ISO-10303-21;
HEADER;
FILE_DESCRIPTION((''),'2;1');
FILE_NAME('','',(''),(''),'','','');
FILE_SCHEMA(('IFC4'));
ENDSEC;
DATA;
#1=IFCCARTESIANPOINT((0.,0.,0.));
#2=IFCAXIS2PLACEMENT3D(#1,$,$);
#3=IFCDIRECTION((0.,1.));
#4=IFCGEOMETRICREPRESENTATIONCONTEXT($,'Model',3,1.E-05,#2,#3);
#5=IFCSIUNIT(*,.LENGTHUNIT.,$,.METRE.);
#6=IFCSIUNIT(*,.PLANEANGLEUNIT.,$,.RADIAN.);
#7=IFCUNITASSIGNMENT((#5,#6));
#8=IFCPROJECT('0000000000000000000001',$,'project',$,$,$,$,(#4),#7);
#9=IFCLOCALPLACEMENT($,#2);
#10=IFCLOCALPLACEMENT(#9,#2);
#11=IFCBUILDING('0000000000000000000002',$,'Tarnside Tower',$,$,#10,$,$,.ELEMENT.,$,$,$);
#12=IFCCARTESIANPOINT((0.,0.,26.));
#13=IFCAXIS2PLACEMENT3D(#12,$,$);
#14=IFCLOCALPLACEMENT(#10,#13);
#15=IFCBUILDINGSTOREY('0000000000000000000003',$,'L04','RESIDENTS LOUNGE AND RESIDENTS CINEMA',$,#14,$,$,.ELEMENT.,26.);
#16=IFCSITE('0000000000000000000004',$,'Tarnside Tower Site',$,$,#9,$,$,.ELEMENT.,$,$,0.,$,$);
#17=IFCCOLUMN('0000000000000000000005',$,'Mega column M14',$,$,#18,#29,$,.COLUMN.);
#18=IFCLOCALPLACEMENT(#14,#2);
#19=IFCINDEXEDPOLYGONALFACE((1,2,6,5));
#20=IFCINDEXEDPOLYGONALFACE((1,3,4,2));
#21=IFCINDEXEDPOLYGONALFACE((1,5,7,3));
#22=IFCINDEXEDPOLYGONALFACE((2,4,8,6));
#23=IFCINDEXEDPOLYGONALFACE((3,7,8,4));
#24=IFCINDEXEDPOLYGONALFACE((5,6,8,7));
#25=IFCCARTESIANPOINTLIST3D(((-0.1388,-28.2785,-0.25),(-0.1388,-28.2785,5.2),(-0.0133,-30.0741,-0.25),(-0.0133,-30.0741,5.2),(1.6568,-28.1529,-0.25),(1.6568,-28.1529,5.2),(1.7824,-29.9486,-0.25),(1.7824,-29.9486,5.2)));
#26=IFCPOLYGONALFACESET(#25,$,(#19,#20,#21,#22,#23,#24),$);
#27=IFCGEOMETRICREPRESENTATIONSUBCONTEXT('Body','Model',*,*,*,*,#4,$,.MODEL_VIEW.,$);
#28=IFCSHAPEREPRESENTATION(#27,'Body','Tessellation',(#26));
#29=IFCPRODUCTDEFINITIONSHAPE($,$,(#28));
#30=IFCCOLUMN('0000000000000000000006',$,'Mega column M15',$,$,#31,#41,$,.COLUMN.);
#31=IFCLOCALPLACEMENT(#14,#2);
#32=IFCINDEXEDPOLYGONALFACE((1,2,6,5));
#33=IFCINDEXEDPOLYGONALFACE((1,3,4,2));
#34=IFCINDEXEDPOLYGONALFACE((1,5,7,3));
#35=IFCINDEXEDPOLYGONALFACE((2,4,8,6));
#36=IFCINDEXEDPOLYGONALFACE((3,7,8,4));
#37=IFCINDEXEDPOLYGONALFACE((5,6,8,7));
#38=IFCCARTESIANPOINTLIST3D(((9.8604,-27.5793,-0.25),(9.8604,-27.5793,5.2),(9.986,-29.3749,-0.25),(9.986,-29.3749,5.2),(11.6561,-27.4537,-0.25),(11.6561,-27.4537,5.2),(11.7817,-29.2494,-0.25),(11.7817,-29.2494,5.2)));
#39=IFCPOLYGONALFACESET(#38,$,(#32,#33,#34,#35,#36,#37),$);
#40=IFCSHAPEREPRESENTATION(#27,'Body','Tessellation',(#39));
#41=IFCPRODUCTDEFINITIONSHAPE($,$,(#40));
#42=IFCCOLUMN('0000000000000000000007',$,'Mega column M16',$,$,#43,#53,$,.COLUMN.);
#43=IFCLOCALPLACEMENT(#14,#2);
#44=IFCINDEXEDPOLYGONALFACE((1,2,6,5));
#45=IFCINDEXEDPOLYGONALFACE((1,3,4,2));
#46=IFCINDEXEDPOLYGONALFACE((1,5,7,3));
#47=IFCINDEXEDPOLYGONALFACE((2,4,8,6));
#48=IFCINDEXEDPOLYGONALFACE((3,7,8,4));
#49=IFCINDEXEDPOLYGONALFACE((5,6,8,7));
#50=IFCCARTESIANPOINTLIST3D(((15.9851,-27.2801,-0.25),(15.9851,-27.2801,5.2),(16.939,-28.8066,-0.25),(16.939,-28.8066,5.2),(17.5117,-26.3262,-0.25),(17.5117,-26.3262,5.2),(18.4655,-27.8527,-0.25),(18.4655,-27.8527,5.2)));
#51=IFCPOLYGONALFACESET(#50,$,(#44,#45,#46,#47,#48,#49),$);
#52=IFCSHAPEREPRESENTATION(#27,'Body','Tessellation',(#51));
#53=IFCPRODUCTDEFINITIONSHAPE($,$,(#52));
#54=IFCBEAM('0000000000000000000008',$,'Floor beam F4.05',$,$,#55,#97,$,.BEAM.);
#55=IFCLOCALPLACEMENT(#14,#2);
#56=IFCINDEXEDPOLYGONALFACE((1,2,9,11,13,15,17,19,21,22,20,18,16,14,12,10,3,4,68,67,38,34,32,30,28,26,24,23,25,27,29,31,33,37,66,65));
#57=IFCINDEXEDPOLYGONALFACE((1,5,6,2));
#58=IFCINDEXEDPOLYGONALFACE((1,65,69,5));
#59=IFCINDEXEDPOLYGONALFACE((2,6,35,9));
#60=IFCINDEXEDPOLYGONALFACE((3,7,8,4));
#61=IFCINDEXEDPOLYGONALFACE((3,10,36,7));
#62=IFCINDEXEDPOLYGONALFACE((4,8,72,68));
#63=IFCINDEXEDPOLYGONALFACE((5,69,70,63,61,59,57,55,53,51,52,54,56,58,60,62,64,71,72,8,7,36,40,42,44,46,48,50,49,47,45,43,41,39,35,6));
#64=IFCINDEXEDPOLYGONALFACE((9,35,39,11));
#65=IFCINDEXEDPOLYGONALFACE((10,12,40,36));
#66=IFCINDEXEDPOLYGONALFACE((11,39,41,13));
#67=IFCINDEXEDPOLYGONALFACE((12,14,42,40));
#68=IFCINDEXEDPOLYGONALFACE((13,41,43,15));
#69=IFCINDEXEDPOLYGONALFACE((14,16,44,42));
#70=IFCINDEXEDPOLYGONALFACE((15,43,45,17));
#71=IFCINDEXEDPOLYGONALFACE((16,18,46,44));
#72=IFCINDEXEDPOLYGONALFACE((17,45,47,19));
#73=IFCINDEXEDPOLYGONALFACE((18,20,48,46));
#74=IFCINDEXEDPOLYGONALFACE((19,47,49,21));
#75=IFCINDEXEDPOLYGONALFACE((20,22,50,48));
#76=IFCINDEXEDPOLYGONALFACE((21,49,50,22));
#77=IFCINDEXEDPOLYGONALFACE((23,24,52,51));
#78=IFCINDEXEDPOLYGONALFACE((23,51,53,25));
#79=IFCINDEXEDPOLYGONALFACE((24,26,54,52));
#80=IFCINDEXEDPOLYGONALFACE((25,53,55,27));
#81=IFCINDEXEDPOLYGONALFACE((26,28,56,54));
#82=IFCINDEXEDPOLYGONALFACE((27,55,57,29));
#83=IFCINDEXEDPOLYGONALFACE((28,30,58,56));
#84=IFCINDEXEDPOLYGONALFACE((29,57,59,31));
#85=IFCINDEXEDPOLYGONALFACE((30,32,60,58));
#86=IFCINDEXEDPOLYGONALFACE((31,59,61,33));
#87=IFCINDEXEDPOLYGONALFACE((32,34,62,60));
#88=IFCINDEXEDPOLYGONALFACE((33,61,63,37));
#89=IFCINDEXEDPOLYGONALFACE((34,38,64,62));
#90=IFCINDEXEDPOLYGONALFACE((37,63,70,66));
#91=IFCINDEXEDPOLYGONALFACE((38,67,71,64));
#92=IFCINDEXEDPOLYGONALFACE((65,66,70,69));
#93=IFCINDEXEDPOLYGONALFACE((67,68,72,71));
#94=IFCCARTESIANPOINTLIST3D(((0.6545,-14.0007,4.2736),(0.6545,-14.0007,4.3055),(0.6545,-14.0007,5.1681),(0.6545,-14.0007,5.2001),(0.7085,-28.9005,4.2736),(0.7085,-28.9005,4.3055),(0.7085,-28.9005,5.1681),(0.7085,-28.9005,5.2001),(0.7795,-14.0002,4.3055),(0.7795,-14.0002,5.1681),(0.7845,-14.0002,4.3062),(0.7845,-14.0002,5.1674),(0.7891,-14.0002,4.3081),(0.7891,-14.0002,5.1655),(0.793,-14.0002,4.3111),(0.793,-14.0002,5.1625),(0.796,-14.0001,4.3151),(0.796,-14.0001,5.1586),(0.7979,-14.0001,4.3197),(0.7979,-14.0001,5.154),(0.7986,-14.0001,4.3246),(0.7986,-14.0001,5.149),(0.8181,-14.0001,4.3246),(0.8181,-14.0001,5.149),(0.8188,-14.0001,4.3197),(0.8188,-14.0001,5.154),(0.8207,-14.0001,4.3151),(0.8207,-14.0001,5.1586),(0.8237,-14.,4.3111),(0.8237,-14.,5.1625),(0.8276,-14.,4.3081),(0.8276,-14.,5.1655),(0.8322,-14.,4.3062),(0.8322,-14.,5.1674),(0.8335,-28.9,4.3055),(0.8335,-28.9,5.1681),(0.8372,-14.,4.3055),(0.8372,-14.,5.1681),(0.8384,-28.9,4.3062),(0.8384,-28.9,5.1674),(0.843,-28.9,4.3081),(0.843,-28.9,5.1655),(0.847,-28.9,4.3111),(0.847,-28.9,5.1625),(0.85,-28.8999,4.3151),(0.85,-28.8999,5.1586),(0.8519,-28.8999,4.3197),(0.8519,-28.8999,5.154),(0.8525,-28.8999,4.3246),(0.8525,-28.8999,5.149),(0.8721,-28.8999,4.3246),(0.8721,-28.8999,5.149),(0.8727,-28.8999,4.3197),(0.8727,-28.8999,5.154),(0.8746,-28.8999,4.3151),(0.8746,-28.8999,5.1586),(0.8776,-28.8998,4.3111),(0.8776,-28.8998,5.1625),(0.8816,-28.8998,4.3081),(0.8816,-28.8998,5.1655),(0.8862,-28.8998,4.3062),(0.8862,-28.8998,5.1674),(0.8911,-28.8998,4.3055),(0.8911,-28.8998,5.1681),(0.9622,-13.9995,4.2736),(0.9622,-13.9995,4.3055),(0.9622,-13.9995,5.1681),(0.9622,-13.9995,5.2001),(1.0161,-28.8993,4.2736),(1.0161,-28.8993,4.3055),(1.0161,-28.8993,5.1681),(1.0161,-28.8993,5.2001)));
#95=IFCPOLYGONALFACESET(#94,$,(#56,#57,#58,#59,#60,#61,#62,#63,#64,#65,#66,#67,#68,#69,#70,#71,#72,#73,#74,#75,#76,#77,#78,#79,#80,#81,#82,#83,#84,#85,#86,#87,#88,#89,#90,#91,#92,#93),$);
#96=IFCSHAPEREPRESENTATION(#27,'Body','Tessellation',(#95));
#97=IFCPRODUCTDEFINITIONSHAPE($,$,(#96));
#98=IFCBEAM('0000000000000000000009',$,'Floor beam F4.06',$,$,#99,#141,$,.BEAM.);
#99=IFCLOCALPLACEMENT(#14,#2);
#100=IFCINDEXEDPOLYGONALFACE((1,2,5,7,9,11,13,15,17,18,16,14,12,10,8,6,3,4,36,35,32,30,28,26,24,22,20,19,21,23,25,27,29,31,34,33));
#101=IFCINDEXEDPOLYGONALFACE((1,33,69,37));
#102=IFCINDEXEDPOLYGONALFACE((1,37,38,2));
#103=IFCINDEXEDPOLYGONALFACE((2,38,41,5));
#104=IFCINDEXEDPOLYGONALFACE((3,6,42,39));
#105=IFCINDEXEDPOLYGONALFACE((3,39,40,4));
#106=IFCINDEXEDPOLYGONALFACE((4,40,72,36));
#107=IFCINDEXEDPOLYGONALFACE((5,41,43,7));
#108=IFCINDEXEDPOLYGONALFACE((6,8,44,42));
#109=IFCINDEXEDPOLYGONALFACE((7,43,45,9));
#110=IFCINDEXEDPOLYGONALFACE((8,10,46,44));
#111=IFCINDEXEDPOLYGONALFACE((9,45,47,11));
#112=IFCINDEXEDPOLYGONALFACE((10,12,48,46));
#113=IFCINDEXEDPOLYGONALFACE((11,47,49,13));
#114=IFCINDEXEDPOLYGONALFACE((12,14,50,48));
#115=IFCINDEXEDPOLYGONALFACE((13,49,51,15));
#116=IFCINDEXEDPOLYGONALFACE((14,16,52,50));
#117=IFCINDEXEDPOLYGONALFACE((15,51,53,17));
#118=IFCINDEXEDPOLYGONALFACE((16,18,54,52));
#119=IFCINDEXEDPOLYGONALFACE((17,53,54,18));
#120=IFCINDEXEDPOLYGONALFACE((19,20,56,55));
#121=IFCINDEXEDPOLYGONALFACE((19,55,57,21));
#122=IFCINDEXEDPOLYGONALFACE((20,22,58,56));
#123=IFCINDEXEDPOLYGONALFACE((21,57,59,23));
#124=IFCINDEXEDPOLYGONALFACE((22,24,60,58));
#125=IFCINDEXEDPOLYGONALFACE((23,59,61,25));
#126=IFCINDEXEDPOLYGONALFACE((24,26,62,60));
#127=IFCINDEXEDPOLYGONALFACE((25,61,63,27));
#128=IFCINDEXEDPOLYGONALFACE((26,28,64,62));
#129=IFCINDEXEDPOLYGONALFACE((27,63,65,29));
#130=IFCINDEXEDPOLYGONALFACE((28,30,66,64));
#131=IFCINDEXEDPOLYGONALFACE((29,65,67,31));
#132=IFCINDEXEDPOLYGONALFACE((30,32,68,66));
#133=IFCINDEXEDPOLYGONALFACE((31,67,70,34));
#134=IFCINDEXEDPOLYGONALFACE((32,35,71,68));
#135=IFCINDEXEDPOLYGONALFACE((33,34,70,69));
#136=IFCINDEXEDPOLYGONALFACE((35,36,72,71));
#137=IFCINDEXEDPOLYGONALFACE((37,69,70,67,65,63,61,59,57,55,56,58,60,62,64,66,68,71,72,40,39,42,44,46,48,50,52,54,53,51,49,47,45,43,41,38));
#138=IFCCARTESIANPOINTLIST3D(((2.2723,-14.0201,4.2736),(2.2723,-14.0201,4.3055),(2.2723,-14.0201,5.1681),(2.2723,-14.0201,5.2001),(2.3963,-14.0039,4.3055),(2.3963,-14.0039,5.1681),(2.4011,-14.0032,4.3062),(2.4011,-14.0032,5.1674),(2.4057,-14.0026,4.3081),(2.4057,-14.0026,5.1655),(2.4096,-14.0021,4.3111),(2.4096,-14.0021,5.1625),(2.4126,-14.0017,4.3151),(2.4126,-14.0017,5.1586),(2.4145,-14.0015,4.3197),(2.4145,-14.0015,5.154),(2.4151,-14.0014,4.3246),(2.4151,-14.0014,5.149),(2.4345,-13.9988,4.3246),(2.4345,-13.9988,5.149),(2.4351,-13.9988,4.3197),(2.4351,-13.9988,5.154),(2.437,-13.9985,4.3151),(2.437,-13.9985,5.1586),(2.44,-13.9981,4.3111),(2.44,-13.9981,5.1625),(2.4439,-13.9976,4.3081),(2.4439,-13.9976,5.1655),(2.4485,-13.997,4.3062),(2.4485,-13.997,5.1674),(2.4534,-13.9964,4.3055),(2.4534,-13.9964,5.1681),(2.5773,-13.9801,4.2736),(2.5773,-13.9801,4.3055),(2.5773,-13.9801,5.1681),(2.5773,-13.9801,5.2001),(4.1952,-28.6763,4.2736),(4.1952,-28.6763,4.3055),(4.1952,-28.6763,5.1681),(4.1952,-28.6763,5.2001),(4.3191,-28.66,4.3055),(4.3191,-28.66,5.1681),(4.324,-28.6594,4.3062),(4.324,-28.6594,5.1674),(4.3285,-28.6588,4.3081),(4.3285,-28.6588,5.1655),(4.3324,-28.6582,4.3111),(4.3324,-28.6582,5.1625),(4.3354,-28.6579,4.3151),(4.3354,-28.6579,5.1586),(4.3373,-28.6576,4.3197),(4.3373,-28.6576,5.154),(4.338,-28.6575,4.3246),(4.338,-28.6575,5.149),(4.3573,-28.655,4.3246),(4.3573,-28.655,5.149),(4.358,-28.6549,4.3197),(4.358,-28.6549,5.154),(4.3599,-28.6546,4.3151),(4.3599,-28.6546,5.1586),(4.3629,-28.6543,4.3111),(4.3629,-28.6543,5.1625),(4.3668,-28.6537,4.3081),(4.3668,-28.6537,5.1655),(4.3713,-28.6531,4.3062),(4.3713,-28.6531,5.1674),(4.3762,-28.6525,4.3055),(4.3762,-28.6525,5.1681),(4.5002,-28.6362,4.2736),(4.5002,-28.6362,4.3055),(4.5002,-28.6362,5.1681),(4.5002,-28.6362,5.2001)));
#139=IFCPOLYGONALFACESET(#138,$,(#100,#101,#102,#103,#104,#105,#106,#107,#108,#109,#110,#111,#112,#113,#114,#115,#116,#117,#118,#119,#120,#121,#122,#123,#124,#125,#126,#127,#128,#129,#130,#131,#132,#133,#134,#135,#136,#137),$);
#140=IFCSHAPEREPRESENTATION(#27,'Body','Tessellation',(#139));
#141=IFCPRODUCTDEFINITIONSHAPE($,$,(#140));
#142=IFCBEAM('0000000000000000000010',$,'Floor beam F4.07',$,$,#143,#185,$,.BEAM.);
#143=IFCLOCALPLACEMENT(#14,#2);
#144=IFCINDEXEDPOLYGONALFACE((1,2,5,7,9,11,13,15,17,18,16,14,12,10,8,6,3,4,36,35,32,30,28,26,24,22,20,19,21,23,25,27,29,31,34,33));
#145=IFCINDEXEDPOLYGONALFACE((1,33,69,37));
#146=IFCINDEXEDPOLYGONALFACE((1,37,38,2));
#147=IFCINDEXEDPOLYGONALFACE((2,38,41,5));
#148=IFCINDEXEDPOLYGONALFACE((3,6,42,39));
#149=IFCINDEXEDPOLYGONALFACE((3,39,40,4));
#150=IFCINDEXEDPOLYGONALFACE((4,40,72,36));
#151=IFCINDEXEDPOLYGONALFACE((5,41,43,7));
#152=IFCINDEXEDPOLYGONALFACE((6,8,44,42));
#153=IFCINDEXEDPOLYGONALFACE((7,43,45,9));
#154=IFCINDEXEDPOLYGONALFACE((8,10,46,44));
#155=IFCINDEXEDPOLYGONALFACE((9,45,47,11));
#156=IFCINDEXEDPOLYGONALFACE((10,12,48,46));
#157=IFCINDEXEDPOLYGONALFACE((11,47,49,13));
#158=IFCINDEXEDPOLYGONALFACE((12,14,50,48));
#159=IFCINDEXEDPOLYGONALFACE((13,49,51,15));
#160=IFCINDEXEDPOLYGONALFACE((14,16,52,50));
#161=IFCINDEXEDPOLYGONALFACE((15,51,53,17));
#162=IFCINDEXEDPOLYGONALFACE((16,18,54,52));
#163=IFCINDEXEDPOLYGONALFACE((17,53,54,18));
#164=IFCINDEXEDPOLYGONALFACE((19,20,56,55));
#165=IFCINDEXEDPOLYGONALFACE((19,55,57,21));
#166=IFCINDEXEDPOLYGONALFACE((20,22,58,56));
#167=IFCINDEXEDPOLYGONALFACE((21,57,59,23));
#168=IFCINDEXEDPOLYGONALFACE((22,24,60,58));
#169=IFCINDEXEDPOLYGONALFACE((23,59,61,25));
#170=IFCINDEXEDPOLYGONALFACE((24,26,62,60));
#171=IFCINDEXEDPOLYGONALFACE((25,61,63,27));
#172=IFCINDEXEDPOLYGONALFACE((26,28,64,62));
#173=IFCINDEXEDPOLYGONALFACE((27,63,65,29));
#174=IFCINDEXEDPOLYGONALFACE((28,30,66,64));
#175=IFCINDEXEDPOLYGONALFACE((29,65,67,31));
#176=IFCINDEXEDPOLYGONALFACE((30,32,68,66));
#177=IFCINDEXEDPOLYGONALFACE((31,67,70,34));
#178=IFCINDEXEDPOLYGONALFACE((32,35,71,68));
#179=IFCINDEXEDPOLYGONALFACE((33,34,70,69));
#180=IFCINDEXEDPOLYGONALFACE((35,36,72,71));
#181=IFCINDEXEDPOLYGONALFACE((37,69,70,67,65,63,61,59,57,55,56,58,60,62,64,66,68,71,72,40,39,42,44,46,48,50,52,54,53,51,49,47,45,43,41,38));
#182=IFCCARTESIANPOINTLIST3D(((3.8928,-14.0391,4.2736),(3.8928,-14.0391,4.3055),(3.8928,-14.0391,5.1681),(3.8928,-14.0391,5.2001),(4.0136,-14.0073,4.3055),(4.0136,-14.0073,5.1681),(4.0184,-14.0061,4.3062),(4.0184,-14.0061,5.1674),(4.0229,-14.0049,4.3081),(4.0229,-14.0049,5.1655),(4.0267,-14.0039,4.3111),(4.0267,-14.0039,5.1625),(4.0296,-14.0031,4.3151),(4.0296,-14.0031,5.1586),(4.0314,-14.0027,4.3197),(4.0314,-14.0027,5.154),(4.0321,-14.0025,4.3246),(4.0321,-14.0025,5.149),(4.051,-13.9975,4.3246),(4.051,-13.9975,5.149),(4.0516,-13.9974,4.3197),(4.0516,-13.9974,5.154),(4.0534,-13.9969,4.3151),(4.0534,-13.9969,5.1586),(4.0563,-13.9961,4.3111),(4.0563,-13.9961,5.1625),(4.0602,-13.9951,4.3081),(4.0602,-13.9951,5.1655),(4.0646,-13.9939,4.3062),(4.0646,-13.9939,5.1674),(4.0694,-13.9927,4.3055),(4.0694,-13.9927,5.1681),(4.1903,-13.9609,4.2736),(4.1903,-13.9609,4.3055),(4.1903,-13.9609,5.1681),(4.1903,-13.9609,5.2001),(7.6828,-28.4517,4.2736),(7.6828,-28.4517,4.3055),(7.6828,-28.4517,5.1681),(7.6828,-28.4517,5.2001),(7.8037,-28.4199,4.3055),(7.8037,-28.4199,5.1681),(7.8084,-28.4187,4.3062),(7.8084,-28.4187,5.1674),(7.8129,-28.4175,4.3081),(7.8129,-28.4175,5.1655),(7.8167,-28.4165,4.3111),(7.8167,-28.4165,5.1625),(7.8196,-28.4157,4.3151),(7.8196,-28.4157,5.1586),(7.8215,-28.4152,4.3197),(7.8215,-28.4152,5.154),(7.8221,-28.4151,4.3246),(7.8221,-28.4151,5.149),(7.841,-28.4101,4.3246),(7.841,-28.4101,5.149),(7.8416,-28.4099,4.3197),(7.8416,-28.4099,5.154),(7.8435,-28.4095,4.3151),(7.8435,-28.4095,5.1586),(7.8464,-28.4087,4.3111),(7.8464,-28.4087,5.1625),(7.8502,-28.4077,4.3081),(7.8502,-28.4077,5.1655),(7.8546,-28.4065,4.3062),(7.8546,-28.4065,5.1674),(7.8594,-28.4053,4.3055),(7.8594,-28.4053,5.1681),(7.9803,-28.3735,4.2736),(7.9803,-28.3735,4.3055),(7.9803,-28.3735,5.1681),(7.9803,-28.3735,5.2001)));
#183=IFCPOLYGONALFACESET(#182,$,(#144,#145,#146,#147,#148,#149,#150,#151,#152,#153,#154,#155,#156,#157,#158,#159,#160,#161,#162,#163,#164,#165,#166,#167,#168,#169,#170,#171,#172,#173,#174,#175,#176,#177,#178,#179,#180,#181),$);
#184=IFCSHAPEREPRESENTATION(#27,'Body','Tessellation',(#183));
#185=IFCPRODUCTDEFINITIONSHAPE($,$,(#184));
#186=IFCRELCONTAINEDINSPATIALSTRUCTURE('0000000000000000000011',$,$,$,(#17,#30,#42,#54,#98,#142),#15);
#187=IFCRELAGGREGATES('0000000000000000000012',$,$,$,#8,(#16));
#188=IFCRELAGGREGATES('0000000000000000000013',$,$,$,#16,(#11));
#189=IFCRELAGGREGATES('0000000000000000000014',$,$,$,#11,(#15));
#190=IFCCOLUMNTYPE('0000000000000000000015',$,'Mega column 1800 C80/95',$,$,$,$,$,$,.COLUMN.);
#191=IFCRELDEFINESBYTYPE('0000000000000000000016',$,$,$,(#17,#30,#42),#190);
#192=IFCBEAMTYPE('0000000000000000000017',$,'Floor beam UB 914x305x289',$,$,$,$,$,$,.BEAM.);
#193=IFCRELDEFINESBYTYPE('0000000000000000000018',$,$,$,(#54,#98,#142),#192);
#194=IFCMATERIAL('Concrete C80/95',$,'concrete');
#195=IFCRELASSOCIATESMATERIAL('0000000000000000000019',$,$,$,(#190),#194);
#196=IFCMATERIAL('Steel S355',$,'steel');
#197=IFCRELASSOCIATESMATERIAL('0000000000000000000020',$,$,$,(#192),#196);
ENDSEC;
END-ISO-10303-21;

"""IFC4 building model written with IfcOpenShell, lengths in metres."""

from ifc_helpers import new_model, si_unit, direction, frame, origin, origin_2d, place, context, subcontext, project, spatial, rectangle, i_section, extrude, material, material_profile, profile_set, type_object, element, save


model = new_model("IFC4")

# Units and contexts
model_context = context("Model", 3, precision=1e-05, world=origin(), true_north=direction((0.0, 1.0)))
body_context = subcontext(model_context, "Body", "Model", "MODEL_VIEW")
ifc_project = project(units=[si_unit("LENGTHUNIT", "METRE"), si_unit("PLANEANGLEUNIT", "RADIAN")], contexts=[model_context])

# Site, building, storey
site_placement = place(None, origin())
site = spatial("IfcSite", under=ifc_project, at=site_placement, Name="Tarnside Tower Site", CompositionType="ELEMENT", RefElevation=0.0)
building_placement = place(site_placement, origin())
building = spatial("IfcBuilding", under=site, at=building_placement, Name="Tarnside Tower", CompositionType="ELEMENT")
storey_placement = place(building_placement, frame((0.0, 0.0, 26.0)))
storey = spatial("IfcBuildingStorey", under=building, at=storey_placement, Name="L04", Description="RESIDENTS LOUNGE AND RESIDENTS CINEMA", CompositionType="ELEMENT", Elevation=26.0)

# Columns
ifc_material_1 = material(Name="Concrete C80/95", Category="concrete")
ifc_material_profile_1 = material_profile(ifc_material_1, rectangle(XDim=1.8, YDim=1.8, at=origin_2d()), Name="Mega column 1800x1800")
ifc_profile_set_1 = profile_set([ifc_material_profile_1], Name="Concrete C80/95")
column_type = type_object("IfcColumnType", Name="Mega column 1800 C80/95", PredefinedType="COLUMN", material=ifc_profile_set_1)
for number, where, z_axis, x_axis, name in (
    (1, (0.8218, -29.1135, -0.25), (0.0, 0.0, 1.0), (-0.997564, -0.069756, 0.0), "Mega column M14"),
    (2, (10.821, -28.4143, -0.25), (0.0, 0.0, 1.0), (-0.997564, -0.069756, 0.0), "Mega column M15"),
    (3, (17.2253, -27.5664, -0.25), (0.0, 0.0, 1.0), (-0.848048, -0.529919, 0.0), "Mega column M16"),
):
    element("IfcColumn", number, at=place(storey_placement, frame(where, z_axis=z_axis, x_axis=x_axis)), inside=storey, type_object=column_type, Name=name, PredefinedType="COLUMN", context=body_context, shape_type="SweptSolid", body=[
        extrude(rectangle(XDim=1.8, YDim=1.8, at=origin_2d()), origin(), (0.0, 0.0, 1.0), 5.45),
    ])

# Beams
ifc_material_2 = material(Name="Steel S355", Category="steel")
ifc_material_profile_2 = material_profile(ifc_material_2, i_section(OverallWidth=0.3076, OverallDepth=0.9265, WebThickness=0.0195, FlangeThickness=0.032, FilletRadius=0.019, at=origin_2d()), Name="UB 914x305x289")
ifc_profile_set_2 = profile_set([ifc_material_profile_2], Name="Steel S355")
beam_type_1 = type_object("IfcBeamType", Name="Floor beam UB 914x305x289", PredefinedType="BEAM", material=ifc_profile_set_2)
beam_1_placement = place(storey_placement, frame((0.8623, -28.8999, 4.7368), z_axis=(-0.003621, 0.999993, 0.0), x_axis=(-0.999993, -0.003621, 0.0)))
element("IfcBeam", 4, at=beam_1_placement, inside=storey, type_object=beam_type_1, Name="Floor beam F4.05", PredefinedType="BEAM", context=body_context, shape_type="SweptSolid", body=[
    extrude(i_section(OverallWidth=0.3076, OverallDepth=0.9265, WebThickness=0.0195, FlangeThickness=0.032, FilletRadius=0.019, at=origin_2d()), origin(), (0.0, 0.0, 1.0), 14.8999),
])
beam_2_placement = place(storey_placement, frame((4.3477, -28.6562, 4.7368), z_axis=(-0.130082, 0.991503, 0.0), x_axis=(-0.991503, -0.130082, 0.0)))
element("IfcBeam", 5, at=beam_2_placement, inside=storey, type_object=beam_type_1, Name="Floor beam F4.06", PredefinedType="BEAM", context=body_context, shape_type="SweptSolid", body=[
    extrude(i_section(OverallWidth=0.3076, OverallDepth=0.9265, WebThickness=0.0195, FlangeThickness=0.032, FilletRadius=0.019, at=origin_2d()), origin(), (0.0, 0.0, 1.0), 14.7817),
])
beam_3_placement = place(storey_placement, frame((7.8315, -28.4126, 4.7368), z_axis=(-0.254321, 0.96712, 0.0), x_axis=(-0.96712, -0.254321, 0.0)))
element("IfcBeam", 6, at=beam_3_placement, inside=storey, type_object=beam_type_1, Name="Floor beam F4.07", PredefinedType="BEAM", context=body_context, shape_type="SweptSolid", body=[
    extrude(i_section(OverallWidth=0.3076, OverallDepth=0.9265, WebThickness=0.0195, FlangeThickness=0.032, FilletRadius=0.019, at=origin_2d()), origin(), (0.0, 0.0, 1.0), 14.9026),
])

save(model, "model.ifc")
